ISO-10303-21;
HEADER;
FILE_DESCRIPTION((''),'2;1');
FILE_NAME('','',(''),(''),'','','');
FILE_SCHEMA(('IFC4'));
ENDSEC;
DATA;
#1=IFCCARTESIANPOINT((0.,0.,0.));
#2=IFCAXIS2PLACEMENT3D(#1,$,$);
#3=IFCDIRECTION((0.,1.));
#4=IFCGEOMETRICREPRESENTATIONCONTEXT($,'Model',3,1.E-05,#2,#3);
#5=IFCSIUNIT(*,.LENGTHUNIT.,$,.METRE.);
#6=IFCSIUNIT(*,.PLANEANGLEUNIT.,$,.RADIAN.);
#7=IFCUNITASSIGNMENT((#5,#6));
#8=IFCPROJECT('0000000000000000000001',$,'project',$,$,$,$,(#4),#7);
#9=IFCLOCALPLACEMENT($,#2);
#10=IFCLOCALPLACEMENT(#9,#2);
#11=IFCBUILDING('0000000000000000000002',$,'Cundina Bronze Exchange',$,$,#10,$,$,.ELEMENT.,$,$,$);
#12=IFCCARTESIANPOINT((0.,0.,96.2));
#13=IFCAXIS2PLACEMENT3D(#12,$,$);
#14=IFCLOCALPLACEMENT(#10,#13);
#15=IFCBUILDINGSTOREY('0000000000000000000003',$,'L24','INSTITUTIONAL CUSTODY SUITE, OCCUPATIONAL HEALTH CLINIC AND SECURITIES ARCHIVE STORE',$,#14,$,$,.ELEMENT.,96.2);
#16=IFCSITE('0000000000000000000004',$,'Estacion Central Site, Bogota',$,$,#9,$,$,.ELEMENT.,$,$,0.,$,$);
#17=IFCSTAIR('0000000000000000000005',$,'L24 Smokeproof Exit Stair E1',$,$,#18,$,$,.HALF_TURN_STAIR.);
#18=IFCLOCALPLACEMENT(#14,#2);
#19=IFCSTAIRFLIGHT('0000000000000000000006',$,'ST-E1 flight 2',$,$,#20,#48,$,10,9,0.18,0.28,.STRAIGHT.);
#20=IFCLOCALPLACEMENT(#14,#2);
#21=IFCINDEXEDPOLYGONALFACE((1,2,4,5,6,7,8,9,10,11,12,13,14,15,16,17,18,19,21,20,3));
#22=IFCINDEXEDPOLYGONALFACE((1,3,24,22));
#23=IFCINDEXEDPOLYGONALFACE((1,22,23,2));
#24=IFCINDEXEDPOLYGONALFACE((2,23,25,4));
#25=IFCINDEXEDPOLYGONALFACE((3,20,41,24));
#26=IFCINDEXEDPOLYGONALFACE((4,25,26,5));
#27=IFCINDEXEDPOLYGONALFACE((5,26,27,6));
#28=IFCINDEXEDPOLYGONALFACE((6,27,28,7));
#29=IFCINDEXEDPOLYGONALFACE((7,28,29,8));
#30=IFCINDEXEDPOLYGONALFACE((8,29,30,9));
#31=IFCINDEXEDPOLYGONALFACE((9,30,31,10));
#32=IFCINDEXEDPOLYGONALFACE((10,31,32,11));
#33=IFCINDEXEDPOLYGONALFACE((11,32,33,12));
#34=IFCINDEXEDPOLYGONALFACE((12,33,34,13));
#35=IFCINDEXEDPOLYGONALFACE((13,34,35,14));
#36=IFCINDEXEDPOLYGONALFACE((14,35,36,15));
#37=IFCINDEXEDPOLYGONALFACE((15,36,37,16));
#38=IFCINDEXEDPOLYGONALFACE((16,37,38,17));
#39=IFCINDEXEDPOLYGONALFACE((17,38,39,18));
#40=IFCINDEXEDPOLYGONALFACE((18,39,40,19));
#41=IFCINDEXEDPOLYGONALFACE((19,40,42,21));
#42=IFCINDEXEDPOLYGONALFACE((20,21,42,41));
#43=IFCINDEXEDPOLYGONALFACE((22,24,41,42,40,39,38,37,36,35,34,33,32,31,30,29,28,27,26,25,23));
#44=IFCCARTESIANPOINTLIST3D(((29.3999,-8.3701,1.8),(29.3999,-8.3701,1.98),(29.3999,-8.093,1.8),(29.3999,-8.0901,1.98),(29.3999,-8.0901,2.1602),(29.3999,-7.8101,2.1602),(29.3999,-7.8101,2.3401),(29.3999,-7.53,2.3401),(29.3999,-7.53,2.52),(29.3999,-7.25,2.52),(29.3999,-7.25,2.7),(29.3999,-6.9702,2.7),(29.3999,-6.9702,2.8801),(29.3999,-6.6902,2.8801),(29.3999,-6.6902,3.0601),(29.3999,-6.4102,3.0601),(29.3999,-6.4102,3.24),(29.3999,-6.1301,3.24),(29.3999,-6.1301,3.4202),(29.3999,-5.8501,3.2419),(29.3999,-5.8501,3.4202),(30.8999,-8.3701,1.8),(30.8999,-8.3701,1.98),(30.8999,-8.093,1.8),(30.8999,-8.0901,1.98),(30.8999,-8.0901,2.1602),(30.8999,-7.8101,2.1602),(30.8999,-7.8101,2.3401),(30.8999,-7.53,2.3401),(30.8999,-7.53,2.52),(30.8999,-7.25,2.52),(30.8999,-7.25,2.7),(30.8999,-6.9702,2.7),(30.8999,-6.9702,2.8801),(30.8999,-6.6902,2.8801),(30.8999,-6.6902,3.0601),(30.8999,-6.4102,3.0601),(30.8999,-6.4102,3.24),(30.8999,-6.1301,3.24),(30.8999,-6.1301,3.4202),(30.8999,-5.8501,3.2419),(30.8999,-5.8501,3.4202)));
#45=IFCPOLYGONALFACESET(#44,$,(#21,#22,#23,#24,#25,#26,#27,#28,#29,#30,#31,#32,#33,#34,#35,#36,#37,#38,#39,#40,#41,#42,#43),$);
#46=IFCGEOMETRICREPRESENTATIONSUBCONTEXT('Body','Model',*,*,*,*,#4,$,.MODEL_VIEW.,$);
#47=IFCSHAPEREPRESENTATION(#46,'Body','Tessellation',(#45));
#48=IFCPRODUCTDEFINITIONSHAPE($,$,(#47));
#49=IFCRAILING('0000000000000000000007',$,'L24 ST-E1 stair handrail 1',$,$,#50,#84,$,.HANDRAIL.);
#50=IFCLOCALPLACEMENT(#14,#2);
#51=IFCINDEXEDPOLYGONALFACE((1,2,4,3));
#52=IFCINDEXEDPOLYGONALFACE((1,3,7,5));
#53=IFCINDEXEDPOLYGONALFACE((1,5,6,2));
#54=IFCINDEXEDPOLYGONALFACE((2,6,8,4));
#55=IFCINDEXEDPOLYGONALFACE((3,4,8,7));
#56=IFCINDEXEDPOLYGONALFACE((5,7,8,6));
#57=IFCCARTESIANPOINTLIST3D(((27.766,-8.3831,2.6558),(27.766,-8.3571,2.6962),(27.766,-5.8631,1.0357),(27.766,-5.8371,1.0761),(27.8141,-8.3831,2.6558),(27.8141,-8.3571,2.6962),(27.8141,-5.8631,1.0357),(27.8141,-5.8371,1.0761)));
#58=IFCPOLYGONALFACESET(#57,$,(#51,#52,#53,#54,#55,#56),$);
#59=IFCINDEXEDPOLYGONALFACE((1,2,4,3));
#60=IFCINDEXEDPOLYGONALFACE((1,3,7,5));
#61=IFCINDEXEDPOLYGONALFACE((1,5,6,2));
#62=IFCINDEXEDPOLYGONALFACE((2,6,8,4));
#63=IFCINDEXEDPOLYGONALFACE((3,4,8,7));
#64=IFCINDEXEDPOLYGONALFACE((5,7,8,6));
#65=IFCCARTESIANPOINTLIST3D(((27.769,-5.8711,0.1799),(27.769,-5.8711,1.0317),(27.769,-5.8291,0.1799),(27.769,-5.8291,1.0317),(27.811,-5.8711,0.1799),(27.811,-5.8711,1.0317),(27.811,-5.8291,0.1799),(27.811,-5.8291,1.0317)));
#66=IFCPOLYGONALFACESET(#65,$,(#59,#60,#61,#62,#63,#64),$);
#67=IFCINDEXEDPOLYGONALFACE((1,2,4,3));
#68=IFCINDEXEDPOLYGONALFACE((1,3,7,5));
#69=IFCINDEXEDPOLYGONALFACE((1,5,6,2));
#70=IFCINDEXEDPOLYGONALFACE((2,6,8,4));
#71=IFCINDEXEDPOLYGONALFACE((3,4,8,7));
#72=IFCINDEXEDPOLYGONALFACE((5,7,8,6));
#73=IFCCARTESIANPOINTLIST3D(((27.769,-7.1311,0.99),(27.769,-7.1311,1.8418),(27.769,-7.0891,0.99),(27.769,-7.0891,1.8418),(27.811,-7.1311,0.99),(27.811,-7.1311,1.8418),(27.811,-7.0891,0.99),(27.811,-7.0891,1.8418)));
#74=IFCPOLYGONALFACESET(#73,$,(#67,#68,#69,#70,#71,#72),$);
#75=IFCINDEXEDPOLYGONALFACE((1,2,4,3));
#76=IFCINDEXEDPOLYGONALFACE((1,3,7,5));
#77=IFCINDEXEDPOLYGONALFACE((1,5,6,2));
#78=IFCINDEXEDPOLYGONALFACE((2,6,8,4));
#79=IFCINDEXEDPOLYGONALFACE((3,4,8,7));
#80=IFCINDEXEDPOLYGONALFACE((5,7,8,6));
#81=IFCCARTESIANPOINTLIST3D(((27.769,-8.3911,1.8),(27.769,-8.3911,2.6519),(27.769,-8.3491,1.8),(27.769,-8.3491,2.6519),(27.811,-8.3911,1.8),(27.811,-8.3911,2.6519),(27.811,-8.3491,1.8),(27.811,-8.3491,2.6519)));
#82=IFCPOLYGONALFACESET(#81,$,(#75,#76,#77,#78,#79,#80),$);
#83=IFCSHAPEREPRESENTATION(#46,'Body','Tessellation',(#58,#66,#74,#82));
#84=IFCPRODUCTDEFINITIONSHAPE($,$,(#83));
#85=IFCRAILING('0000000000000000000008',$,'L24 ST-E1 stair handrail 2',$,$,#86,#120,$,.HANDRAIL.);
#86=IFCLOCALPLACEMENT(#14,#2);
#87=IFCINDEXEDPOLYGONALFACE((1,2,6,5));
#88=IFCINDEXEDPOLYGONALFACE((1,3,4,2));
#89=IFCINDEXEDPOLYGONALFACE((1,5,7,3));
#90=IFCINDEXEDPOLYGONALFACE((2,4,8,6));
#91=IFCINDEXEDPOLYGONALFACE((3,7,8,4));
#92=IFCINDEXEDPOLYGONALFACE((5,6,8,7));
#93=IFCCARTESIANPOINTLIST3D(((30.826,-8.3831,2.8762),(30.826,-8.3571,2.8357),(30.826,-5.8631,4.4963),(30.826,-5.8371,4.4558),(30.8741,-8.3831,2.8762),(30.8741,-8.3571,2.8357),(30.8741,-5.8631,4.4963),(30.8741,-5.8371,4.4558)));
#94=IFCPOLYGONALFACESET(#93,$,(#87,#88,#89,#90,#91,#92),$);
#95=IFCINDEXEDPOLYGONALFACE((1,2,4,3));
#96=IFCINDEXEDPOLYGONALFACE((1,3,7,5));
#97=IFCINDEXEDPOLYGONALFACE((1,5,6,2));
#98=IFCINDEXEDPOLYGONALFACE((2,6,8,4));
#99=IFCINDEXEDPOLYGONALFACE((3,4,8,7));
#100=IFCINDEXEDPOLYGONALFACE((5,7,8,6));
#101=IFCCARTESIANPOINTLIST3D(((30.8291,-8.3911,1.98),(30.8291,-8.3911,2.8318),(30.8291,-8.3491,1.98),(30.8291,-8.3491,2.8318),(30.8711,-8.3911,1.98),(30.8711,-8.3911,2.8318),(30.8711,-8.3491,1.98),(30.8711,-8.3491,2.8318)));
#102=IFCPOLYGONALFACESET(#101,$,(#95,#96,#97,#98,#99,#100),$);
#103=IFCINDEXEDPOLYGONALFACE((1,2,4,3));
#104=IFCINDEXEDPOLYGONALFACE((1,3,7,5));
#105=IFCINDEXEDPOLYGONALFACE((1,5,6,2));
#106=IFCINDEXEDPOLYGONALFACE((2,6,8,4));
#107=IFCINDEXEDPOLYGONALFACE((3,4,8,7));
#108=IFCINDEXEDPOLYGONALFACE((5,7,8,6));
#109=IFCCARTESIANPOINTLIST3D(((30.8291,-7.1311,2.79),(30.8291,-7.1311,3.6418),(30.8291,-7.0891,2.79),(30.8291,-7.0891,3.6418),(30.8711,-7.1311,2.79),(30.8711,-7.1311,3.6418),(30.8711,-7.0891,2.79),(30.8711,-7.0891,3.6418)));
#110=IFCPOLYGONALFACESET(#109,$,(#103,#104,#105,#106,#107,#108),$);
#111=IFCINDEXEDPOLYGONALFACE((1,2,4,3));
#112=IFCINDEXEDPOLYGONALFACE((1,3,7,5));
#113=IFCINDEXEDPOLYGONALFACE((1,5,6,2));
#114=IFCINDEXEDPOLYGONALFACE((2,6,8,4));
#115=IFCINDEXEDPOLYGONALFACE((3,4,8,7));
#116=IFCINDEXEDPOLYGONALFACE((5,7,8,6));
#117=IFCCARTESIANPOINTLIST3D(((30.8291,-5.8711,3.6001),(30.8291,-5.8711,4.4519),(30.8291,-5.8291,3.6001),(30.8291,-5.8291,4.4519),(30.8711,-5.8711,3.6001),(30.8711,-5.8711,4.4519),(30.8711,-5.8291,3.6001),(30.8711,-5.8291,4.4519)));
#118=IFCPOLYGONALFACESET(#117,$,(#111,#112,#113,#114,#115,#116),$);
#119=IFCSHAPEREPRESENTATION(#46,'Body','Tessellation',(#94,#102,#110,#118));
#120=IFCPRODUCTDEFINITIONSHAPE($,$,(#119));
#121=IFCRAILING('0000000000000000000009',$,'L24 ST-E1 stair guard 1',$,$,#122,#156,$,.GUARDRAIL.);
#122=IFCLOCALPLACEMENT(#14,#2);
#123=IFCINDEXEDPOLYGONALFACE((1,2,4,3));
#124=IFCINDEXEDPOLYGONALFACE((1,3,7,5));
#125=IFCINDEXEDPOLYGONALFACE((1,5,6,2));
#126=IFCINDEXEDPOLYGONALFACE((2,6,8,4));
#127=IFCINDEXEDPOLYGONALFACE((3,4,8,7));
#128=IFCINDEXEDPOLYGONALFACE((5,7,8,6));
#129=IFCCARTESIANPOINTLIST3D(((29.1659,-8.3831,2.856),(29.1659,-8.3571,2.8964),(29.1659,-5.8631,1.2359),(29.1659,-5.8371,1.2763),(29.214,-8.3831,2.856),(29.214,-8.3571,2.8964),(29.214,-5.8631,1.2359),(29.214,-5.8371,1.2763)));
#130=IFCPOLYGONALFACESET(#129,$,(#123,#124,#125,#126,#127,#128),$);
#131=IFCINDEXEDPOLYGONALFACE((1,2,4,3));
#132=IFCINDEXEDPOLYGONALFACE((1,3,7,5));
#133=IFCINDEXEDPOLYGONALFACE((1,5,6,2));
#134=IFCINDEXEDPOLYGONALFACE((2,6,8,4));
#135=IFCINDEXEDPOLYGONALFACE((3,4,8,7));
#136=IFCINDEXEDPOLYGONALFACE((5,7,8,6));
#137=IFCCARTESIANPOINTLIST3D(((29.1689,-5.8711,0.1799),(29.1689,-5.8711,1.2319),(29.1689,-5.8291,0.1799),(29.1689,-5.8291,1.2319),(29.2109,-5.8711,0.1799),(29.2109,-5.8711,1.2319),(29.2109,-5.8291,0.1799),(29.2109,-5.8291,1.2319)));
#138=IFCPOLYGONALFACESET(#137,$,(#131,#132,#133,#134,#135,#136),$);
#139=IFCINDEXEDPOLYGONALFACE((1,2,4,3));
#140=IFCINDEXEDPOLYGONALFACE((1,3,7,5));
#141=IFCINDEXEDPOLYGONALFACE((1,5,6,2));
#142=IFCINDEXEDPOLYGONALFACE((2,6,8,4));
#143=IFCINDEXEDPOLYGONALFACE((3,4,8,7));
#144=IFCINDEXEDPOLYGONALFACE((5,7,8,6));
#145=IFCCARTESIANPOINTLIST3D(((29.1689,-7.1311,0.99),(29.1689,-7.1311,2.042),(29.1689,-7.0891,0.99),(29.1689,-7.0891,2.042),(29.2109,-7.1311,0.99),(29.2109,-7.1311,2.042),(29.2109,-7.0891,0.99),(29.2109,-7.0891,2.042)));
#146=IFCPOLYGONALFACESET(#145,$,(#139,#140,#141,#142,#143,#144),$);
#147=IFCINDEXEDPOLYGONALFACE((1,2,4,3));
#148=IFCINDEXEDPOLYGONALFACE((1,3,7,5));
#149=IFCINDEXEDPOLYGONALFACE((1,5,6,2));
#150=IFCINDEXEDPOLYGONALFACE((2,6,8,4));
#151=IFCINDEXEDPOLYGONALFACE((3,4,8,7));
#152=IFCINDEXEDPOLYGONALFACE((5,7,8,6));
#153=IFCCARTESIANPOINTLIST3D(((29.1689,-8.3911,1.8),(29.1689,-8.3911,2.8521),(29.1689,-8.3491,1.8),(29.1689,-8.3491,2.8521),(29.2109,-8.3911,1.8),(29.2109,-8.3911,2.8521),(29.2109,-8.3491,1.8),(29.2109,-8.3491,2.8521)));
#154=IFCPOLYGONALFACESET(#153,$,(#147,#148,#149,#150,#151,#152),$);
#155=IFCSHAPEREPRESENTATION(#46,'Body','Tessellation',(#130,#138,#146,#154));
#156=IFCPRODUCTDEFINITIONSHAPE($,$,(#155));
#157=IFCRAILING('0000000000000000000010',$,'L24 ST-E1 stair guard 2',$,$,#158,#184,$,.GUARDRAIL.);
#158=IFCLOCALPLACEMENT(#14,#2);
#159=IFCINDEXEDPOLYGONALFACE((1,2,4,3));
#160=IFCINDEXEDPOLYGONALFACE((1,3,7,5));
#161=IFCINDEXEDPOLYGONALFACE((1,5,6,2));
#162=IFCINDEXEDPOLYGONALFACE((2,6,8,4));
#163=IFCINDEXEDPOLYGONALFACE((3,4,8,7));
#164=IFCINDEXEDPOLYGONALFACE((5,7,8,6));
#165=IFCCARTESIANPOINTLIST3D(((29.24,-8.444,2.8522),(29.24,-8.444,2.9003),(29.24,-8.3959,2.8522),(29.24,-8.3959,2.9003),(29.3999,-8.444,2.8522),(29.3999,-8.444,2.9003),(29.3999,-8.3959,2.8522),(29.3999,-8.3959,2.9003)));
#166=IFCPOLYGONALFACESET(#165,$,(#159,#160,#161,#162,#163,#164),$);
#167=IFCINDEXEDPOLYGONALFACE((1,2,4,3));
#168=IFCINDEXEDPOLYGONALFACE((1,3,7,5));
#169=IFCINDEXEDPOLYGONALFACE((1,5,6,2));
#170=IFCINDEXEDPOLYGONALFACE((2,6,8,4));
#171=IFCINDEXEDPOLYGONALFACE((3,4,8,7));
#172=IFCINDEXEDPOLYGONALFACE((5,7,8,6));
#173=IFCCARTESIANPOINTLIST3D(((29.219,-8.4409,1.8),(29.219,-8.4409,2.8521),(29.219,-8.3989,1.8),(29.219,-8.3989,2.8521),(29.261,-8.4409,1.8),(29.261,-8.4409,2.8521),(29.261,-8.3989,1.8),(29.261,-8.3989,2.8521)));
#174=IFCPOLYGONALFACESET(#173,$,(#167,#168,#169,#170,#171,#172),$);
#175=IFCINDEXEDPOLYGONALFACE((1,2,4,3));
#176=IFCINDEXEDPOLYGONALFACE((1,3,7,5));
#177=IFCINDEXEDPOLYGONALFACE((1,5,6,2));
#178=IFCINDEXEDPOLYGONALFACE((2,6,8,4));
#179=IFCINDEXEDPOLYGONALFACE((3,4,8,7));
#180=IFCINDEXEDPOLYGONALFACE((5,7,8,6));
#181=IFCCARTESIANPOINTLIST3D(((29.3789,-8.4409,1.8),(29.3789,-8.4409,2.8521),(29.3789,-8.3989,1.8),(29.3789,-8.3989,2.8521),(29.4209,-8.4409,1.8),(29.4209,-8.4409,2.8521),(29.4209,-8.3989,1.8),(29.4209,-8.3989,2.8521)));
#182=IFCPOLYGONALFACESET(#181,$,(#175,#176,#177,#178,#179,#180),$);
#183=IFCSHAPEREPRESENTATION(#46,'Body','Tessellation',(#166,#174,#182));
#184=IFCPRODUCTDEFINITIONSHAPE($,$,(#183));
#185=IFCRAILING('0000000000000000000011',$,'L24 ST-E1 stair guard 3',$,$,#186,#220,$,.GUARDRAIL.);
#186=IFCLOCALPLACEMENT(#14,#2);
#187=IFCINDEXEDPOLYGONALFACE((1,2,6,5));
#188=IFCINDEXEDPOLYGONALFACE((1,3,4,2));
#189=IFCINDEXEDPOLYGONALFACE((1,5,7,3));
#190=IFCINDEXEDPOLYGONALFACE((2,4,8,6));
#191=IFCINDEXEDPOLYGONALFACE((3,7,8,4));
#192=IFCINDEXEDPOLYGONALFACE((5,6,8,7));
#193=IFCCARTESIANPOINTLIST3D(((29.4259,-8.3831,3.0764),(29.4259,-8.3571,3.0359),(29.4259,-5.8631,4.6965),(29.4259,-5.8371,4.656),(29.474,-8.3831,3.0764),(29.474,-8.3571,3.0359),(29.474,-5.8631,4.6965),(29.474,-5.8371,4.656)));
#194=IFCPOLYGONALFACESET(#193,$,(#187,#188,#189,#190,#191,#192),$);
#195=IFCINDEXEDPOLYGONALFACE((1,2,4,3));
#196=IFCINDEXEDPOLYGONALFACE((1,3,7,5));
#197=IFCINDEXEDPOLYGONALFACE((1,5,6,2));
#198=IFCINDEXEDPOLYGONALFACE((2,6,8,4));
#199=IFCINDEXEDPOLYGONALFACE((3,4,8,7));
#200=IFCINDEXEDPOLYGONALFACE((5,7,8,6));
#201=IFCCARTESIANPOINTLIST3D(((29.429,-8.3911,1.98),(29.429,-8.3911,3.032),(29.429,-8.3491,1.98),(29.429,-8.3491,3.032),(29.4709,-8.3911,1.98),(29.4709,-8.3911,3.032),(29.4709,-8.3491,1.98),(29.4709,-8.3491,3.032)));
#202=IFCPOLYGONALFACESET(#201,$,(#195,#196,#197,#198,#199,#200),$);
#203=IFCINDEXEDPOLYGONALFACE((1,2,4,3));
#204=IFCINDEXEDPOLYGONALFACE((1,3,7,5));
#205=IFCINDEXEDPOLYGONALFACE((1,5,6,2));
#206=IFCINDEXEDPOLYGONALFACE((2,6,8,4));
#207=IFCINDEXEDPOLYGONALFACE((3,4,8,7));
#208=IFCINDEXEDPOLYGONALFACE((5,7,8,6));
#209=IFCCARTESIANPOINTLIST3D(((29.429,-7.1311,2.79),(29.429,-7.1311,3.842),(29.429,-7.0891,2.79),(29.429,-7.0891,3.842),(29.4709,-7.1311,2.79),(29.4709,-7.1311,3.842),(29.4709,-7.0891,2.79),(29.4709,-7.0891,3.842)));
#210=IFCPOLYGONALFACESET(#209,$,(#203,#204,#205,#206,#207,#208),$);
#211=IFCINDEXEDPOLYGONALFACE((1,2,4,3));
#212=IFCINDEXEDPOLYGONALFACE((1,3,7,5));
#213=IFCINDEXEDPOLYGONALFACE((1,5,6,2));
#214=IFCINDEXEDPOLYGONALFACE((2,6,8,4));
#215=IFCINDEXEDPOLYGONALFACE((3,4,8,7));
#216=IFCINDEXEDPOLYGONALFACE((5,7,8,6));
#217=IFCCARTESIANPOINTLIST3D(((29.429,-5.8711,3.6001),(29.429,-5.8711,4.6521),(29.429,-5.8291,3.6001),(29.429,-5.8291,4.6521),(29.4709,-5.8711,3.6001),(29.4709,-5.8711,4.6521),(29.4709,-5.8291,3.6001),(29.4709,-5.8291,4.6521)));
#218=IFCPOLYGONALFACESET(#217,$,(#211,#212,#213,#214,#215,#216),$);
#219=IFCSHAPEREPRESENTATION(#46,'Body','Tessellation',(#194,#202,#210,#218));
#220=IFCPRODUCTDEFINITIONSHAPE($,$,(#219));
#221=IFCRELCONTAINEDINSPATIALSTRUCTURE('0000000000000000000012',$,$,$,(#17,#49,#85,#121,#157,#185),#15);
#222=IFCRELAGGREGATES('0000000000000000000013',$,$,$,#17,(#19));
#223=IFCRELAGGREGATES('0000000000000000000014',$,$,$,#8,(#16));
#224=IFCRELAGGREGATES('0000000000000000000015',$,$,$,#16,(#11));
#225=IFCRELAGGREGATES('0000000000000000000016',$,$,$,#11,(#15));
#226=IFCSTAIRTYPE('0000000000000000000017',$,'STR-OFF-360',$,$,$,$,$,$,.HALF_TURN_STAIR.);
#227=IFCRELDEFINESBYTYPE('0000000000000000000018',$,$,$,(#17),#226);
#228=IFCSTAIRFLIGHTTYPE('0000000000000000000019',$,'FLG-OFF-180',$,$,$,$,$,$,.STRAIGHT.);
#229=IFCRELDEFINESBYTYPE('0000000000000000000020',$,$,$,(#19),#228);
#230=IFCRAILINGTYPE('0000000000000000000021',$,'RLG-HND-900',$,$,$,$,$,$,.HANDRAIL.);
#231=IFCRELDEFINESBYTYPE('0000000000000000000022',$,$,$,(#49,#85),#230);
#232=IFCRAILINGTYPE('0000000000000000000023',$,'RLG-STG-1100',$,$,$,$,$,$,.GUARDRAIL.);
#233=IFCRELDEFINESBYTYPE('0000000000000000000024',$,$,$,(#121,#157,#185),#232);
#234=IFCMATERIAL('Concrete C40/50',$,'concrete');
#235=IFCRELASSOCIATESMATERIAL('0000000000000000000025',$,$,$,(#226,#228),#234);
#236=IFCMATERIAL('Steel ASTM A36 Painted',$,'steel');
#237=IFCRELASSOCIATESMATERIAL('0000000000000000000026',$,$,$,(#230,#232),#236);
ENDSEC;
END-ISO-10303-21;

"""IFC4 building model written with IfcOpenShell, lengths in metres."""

from ifc_helpers import new_model, si_unit, direction, frame, origin, origin_2d, place, context, subcontext, project, spatial, polyline, rectangle, outline, extrude, material, type_object, element, aggregate, save


model = new_model("IFC4")

# Units and contexts
model_context = context("Model", 3, precision=1e-05, world=origin(), true_north=direction((0.0, 1.0)))
body_context = subcontext(model_context, "Body", "Model", "MODEL_VIEW")
ifc_project = project(units=[si_unit("LENGTHUNIT", "METRE"), si_unit("PLANEANGLEUNIT", "RADIAN")], contexts=[model_context])

# Site, building, storey
site_placement = place(None, origin())
site = spatial("IfcSite", under=ifc_project, at=site_placement, Name="Estacion Central Site, Bogota", CompositionType="ELEMENT", RefElevation=0.0)
building_placement = place(site_placement, origin())
building = spatial("IfcBuilding", under=site, at=building_placement, Name="Cundina Bronze Exchange", CompositionType="ELEMENT")
storey_placement = place(building_placement, frame((0.0, 0.0, 96.2)))
storey = spatial("IfcBuildingStorey", under=building, at=storey_placement, Name="L24", Description="INSTITUTIONAL CUSTODY SUITE, OCCUPATIONAL HEALTH CLINIC AND SECURITIES ARCHIVE STORE", CompositionType="ELEMENT", Elevation=96.2)

# Stair, stair flight
ifc_material_1 = material(Name="Concrete C40/50", Category="concrete")
stair_type = type_object("IfcStairType", Name="STR-OFF-360", PredefinedType="HALF_TURN_STAIR", material=ifc_material_1)
stair_placement = place(storey_placement, origin())
stair = element("IfcStair", 1, at=stair_placement, inside=storey, type_object=stair_type, Name="L24 Smokeproof Exit Stair E1", PredefinedType="HALF_TURN_STAIR")
stair_flight_type = type_object("IfcStairFlightType", Name="FLG-OFF-180", PredefinedType="STRAIGHT", material=ifc_material_1)
stair_flight_1_placement = place(storey_placement, frame((30.1499, -8.3701, 1.8), z_axis=(0.0, 0.0, 1.0), x_axis=(0.0, 1.0, 0.0)))
stair_flight_1 = element("IfcStairFlight", 2, at=stair_flight_1_placement, type_object=stair_flight_type, Name="ST-E1 flight 2", NumberOfRisers=10, NumberOfTreads=9, PredefinedType="STRAIGHT", RiserHeight=0.18, TreadLength=0.28, context=body_context, shape_type="SweptSolid", body=[
    extrude(outline(polyline([(0.0, 0.0), (0.0, 0.1799), (0.28, 0.1799), (0.28, 0.3601), (0.5601, 0.3601), (0.5601, 0.54), (0.8401, 0.54), (0.8401, 0.72), (1.1201, 0.72), (1.1201, 0.8999), (1.3999, 0.8999), (1.3999, 1.0801), (1.6799, 1.0801), (1.6799, 1.26), (1.96, 1.26), (1.96, 1.4399), (2.24, 1.4399), (2.24, 1.6201), (2.52, 1.6201), (2.52, 1.8), (2.52, 1.4419), (0.2771, 0.0), (0.0, 0.0)])), frame((0.0, 0.75, 0.0), z_axis=(0.0, -1.0, 0.0), x_axis=(1.0, 0.0, 0.0)), (0.0, 0.0, 1.0), 1.5),
])
aggregate(stair, [stair_flight_1])

# Railings
ifc_material_2 = material(Name="Steel ASTM A36 Painted", Category="steel")
railing_type_1 = type_object("IfcRailingType", Name="RLG-HND-900", PredefinedType="HANDRAIL", material=ifc_material_2)
railing_1_placement = place(storey_placement, frame((27.79, -5.8501, 0.1799)))
element("IfcRailing", 3, at=railing_1_placement, inside=storey, type_object=railing_type_1, Name="L24 ST-E1 stair handrail 1", PredefinedType="HANDRAIL", context=body_context, shape_type="SweptSolid", body=[
    extrude(rectangle(XDim=0.0481, YDim=0.0481, at=origin_2d()), frame((0.0, 0.0, 0.876), z_axis=(0.0, -0.841163, 0.540782), x_axis=(1.0, 0.0, 0.0)), (0.0, 0.0, 1.0), 2.9958),
    extrude(rectangle(XDim=0.042, YDim=0.042, at=origin_2d()), origin(), (0.0, 0.0, 1.0), 0.8518),
    extrude(rectangle(XDim=0.042, YDim=0.042, at=origin_2d()), frame((0.0, -1.26, 0.8101)), (0.0, 0.0, 1.0), 0.8518),
    extrude(rectangle(XDim=0.042, YDim=0.042, at=origin_2d()), frame((0.0, -2.52, 1.6201)), (0.0, 0.0, 1.0), 0.8518),
])
railing_2_placement = place(storey_placement, frame((30.8501, -8.3701, 1.98)))
element("IfcRailing", 4, at=railing_2_placement, inside=storey, type_object=railing_type_1, Name="L24 ST-E1 stair handrail 2", PredefinedType="HANDRAIL", context=body_context, shape_type="SweptSolid", body=[
    extrude(rectangle(XDim=0.0481, YDim=0.0481, at=origin_2d()), frame((0.0, 0.0, 0.876), z_axis=(0.0, 0.841163, 0.540782), x_axis=(-1.0, 0.0, 0.0)), (0.0, 0.0, 1.0), 2.9958),
    extrude(rectangle(XDim=0.042, YDim=0.042, at=origin_2d()), origin(), (0.0, 0.0, 1.0), 0.8518),
    extrude(rectangle(XDim=0.042, YDim=0.042, at=origin_2d()), frame((0.0, 1.26, 0.8101)), (0.0, 0.0, 1.0), 0.8518),
    extrude(rectangle(XDim=0.042, YDim=0.042, at=origin_2d()), frame((0.0, 2.52, 1.6201)), (0.0, 0.0, 1.0), 0.8518),
])
railing_type_2 = type_object("IfcRailingType", Name="RLG-STG-1100", PredefinedType="GUARDRAIL", material=ifc_material_2)
railing_3_placement = place(storey_placement, frame((29.1899, -5.8501, 0.1799)))
element("IfcRailing", 5, at=railing_3_placement, inside=storey, type_object=railing_type_2, Name="L24 ST-E1 stair guard 1", PredefinedType="GUARDRAIL", context=body_context, shape_type="SweptSolid", body=[
    extrude(rectangle(XDim=0.0481, YDim=0.0481, at=origin_2d()), frame((0.0, 0.0, 1.0762), z_axis=(0.0, -0.841163, 0.540782), x_axis=(1.0, 0.0, 0.0)), (0.0, 0.0, 1.0), 2.9958),
    extrude(rectangle(XDim=0.042, YDim=0.042, at=origin_2d()), origin(), (0.0, 0.0, 1.0), 1.052),
    extrude(rectangle(XDim=0.042, YDim=0.042, at=origin_2d()), frame((0.0, -1.26, 0.8101)), (0.0, 0.0, 1.0), 1.052),
    extrude(rectangle(XDim=0.042, YDim=0.042, at=origin_2d()), frame((0.0, -2.52, 1.6201)), (0.0, 0.0, 1.0), 1.052),
])
railing_4_placement = place(storey_placement, frame((29.24, -8.4199, 1.8)))
element("IfcRailing", 6, at=railing_4_placement, inside=storey, type_object=railing_type_2, Name="L24 ST-E1 stair guard 2", PredefinedType="GUARDRAIL", context=body_context, shape_type="SweptSolid", body=[
    extrude(rectangle(XDim=0.0481, YDim=0.0481, at=origin_2d()), frame((0.0, 0.0, 1.0762), z_axis=(1.0, 0.0, 0.0), x_axis=(0.0, 1.0, 0.0)), (0.0, 0.0, 1.0), 0.1599),
    extrude(rectangle(XDim=0.042, YDim=0.042, at=origin_2d()), origin(), (0.0, 0.0, 1.0), 1.052),
    extrude(rectangle(XDim=0.042, YDim=0.042, at=origin_2d()), frame((0.1599, 0.0, 0.0)), (0.0, 0.0, 1.0), 1.052),
])
railing_5_placement = place(storey_placement, frame((29.45, -8.3701, 1.98)))
element("IfcRailing", 7, at=railing_5_placement, inside=storey, type_object=railing_type_2, Name="L24 ST-E1 stair guard 3", PredefinedType="GUARDRAIL", context=body_context, shape_type="SweptSolid", body=[
    extrude(rectangle(XDim=0.0481, YDim=0.0481, at=origin_2d()), frame((0.0, 0.0, 1.0762), z_axis=(0.0, 0.841163, 0.540782), x_axis=(-1.0, 0.0, 0.0)), (0.0, 0.0, 1.0), 2.9958),
    extrude(rectangle(XDim=0.042, YDim=0.042, at=origin_2d()), origin(), (0.0, 0.0, 1.0), 1.052),
    extrude(rectangle(XDim=0.042, YDim=0.042, at=origin_2d()), frame((0.0, 1.26, 0.8101)), (0.0, 0.0, 1.0), 1.052),
    extrude(rectangle(XDim=0.042, YDim=0.042, at=origin_2d()), frame((0.0, 2.52, 1.6201)), (0.0, 0.0, 1.0), 1.052),
])

save(model, "model.ifc")
